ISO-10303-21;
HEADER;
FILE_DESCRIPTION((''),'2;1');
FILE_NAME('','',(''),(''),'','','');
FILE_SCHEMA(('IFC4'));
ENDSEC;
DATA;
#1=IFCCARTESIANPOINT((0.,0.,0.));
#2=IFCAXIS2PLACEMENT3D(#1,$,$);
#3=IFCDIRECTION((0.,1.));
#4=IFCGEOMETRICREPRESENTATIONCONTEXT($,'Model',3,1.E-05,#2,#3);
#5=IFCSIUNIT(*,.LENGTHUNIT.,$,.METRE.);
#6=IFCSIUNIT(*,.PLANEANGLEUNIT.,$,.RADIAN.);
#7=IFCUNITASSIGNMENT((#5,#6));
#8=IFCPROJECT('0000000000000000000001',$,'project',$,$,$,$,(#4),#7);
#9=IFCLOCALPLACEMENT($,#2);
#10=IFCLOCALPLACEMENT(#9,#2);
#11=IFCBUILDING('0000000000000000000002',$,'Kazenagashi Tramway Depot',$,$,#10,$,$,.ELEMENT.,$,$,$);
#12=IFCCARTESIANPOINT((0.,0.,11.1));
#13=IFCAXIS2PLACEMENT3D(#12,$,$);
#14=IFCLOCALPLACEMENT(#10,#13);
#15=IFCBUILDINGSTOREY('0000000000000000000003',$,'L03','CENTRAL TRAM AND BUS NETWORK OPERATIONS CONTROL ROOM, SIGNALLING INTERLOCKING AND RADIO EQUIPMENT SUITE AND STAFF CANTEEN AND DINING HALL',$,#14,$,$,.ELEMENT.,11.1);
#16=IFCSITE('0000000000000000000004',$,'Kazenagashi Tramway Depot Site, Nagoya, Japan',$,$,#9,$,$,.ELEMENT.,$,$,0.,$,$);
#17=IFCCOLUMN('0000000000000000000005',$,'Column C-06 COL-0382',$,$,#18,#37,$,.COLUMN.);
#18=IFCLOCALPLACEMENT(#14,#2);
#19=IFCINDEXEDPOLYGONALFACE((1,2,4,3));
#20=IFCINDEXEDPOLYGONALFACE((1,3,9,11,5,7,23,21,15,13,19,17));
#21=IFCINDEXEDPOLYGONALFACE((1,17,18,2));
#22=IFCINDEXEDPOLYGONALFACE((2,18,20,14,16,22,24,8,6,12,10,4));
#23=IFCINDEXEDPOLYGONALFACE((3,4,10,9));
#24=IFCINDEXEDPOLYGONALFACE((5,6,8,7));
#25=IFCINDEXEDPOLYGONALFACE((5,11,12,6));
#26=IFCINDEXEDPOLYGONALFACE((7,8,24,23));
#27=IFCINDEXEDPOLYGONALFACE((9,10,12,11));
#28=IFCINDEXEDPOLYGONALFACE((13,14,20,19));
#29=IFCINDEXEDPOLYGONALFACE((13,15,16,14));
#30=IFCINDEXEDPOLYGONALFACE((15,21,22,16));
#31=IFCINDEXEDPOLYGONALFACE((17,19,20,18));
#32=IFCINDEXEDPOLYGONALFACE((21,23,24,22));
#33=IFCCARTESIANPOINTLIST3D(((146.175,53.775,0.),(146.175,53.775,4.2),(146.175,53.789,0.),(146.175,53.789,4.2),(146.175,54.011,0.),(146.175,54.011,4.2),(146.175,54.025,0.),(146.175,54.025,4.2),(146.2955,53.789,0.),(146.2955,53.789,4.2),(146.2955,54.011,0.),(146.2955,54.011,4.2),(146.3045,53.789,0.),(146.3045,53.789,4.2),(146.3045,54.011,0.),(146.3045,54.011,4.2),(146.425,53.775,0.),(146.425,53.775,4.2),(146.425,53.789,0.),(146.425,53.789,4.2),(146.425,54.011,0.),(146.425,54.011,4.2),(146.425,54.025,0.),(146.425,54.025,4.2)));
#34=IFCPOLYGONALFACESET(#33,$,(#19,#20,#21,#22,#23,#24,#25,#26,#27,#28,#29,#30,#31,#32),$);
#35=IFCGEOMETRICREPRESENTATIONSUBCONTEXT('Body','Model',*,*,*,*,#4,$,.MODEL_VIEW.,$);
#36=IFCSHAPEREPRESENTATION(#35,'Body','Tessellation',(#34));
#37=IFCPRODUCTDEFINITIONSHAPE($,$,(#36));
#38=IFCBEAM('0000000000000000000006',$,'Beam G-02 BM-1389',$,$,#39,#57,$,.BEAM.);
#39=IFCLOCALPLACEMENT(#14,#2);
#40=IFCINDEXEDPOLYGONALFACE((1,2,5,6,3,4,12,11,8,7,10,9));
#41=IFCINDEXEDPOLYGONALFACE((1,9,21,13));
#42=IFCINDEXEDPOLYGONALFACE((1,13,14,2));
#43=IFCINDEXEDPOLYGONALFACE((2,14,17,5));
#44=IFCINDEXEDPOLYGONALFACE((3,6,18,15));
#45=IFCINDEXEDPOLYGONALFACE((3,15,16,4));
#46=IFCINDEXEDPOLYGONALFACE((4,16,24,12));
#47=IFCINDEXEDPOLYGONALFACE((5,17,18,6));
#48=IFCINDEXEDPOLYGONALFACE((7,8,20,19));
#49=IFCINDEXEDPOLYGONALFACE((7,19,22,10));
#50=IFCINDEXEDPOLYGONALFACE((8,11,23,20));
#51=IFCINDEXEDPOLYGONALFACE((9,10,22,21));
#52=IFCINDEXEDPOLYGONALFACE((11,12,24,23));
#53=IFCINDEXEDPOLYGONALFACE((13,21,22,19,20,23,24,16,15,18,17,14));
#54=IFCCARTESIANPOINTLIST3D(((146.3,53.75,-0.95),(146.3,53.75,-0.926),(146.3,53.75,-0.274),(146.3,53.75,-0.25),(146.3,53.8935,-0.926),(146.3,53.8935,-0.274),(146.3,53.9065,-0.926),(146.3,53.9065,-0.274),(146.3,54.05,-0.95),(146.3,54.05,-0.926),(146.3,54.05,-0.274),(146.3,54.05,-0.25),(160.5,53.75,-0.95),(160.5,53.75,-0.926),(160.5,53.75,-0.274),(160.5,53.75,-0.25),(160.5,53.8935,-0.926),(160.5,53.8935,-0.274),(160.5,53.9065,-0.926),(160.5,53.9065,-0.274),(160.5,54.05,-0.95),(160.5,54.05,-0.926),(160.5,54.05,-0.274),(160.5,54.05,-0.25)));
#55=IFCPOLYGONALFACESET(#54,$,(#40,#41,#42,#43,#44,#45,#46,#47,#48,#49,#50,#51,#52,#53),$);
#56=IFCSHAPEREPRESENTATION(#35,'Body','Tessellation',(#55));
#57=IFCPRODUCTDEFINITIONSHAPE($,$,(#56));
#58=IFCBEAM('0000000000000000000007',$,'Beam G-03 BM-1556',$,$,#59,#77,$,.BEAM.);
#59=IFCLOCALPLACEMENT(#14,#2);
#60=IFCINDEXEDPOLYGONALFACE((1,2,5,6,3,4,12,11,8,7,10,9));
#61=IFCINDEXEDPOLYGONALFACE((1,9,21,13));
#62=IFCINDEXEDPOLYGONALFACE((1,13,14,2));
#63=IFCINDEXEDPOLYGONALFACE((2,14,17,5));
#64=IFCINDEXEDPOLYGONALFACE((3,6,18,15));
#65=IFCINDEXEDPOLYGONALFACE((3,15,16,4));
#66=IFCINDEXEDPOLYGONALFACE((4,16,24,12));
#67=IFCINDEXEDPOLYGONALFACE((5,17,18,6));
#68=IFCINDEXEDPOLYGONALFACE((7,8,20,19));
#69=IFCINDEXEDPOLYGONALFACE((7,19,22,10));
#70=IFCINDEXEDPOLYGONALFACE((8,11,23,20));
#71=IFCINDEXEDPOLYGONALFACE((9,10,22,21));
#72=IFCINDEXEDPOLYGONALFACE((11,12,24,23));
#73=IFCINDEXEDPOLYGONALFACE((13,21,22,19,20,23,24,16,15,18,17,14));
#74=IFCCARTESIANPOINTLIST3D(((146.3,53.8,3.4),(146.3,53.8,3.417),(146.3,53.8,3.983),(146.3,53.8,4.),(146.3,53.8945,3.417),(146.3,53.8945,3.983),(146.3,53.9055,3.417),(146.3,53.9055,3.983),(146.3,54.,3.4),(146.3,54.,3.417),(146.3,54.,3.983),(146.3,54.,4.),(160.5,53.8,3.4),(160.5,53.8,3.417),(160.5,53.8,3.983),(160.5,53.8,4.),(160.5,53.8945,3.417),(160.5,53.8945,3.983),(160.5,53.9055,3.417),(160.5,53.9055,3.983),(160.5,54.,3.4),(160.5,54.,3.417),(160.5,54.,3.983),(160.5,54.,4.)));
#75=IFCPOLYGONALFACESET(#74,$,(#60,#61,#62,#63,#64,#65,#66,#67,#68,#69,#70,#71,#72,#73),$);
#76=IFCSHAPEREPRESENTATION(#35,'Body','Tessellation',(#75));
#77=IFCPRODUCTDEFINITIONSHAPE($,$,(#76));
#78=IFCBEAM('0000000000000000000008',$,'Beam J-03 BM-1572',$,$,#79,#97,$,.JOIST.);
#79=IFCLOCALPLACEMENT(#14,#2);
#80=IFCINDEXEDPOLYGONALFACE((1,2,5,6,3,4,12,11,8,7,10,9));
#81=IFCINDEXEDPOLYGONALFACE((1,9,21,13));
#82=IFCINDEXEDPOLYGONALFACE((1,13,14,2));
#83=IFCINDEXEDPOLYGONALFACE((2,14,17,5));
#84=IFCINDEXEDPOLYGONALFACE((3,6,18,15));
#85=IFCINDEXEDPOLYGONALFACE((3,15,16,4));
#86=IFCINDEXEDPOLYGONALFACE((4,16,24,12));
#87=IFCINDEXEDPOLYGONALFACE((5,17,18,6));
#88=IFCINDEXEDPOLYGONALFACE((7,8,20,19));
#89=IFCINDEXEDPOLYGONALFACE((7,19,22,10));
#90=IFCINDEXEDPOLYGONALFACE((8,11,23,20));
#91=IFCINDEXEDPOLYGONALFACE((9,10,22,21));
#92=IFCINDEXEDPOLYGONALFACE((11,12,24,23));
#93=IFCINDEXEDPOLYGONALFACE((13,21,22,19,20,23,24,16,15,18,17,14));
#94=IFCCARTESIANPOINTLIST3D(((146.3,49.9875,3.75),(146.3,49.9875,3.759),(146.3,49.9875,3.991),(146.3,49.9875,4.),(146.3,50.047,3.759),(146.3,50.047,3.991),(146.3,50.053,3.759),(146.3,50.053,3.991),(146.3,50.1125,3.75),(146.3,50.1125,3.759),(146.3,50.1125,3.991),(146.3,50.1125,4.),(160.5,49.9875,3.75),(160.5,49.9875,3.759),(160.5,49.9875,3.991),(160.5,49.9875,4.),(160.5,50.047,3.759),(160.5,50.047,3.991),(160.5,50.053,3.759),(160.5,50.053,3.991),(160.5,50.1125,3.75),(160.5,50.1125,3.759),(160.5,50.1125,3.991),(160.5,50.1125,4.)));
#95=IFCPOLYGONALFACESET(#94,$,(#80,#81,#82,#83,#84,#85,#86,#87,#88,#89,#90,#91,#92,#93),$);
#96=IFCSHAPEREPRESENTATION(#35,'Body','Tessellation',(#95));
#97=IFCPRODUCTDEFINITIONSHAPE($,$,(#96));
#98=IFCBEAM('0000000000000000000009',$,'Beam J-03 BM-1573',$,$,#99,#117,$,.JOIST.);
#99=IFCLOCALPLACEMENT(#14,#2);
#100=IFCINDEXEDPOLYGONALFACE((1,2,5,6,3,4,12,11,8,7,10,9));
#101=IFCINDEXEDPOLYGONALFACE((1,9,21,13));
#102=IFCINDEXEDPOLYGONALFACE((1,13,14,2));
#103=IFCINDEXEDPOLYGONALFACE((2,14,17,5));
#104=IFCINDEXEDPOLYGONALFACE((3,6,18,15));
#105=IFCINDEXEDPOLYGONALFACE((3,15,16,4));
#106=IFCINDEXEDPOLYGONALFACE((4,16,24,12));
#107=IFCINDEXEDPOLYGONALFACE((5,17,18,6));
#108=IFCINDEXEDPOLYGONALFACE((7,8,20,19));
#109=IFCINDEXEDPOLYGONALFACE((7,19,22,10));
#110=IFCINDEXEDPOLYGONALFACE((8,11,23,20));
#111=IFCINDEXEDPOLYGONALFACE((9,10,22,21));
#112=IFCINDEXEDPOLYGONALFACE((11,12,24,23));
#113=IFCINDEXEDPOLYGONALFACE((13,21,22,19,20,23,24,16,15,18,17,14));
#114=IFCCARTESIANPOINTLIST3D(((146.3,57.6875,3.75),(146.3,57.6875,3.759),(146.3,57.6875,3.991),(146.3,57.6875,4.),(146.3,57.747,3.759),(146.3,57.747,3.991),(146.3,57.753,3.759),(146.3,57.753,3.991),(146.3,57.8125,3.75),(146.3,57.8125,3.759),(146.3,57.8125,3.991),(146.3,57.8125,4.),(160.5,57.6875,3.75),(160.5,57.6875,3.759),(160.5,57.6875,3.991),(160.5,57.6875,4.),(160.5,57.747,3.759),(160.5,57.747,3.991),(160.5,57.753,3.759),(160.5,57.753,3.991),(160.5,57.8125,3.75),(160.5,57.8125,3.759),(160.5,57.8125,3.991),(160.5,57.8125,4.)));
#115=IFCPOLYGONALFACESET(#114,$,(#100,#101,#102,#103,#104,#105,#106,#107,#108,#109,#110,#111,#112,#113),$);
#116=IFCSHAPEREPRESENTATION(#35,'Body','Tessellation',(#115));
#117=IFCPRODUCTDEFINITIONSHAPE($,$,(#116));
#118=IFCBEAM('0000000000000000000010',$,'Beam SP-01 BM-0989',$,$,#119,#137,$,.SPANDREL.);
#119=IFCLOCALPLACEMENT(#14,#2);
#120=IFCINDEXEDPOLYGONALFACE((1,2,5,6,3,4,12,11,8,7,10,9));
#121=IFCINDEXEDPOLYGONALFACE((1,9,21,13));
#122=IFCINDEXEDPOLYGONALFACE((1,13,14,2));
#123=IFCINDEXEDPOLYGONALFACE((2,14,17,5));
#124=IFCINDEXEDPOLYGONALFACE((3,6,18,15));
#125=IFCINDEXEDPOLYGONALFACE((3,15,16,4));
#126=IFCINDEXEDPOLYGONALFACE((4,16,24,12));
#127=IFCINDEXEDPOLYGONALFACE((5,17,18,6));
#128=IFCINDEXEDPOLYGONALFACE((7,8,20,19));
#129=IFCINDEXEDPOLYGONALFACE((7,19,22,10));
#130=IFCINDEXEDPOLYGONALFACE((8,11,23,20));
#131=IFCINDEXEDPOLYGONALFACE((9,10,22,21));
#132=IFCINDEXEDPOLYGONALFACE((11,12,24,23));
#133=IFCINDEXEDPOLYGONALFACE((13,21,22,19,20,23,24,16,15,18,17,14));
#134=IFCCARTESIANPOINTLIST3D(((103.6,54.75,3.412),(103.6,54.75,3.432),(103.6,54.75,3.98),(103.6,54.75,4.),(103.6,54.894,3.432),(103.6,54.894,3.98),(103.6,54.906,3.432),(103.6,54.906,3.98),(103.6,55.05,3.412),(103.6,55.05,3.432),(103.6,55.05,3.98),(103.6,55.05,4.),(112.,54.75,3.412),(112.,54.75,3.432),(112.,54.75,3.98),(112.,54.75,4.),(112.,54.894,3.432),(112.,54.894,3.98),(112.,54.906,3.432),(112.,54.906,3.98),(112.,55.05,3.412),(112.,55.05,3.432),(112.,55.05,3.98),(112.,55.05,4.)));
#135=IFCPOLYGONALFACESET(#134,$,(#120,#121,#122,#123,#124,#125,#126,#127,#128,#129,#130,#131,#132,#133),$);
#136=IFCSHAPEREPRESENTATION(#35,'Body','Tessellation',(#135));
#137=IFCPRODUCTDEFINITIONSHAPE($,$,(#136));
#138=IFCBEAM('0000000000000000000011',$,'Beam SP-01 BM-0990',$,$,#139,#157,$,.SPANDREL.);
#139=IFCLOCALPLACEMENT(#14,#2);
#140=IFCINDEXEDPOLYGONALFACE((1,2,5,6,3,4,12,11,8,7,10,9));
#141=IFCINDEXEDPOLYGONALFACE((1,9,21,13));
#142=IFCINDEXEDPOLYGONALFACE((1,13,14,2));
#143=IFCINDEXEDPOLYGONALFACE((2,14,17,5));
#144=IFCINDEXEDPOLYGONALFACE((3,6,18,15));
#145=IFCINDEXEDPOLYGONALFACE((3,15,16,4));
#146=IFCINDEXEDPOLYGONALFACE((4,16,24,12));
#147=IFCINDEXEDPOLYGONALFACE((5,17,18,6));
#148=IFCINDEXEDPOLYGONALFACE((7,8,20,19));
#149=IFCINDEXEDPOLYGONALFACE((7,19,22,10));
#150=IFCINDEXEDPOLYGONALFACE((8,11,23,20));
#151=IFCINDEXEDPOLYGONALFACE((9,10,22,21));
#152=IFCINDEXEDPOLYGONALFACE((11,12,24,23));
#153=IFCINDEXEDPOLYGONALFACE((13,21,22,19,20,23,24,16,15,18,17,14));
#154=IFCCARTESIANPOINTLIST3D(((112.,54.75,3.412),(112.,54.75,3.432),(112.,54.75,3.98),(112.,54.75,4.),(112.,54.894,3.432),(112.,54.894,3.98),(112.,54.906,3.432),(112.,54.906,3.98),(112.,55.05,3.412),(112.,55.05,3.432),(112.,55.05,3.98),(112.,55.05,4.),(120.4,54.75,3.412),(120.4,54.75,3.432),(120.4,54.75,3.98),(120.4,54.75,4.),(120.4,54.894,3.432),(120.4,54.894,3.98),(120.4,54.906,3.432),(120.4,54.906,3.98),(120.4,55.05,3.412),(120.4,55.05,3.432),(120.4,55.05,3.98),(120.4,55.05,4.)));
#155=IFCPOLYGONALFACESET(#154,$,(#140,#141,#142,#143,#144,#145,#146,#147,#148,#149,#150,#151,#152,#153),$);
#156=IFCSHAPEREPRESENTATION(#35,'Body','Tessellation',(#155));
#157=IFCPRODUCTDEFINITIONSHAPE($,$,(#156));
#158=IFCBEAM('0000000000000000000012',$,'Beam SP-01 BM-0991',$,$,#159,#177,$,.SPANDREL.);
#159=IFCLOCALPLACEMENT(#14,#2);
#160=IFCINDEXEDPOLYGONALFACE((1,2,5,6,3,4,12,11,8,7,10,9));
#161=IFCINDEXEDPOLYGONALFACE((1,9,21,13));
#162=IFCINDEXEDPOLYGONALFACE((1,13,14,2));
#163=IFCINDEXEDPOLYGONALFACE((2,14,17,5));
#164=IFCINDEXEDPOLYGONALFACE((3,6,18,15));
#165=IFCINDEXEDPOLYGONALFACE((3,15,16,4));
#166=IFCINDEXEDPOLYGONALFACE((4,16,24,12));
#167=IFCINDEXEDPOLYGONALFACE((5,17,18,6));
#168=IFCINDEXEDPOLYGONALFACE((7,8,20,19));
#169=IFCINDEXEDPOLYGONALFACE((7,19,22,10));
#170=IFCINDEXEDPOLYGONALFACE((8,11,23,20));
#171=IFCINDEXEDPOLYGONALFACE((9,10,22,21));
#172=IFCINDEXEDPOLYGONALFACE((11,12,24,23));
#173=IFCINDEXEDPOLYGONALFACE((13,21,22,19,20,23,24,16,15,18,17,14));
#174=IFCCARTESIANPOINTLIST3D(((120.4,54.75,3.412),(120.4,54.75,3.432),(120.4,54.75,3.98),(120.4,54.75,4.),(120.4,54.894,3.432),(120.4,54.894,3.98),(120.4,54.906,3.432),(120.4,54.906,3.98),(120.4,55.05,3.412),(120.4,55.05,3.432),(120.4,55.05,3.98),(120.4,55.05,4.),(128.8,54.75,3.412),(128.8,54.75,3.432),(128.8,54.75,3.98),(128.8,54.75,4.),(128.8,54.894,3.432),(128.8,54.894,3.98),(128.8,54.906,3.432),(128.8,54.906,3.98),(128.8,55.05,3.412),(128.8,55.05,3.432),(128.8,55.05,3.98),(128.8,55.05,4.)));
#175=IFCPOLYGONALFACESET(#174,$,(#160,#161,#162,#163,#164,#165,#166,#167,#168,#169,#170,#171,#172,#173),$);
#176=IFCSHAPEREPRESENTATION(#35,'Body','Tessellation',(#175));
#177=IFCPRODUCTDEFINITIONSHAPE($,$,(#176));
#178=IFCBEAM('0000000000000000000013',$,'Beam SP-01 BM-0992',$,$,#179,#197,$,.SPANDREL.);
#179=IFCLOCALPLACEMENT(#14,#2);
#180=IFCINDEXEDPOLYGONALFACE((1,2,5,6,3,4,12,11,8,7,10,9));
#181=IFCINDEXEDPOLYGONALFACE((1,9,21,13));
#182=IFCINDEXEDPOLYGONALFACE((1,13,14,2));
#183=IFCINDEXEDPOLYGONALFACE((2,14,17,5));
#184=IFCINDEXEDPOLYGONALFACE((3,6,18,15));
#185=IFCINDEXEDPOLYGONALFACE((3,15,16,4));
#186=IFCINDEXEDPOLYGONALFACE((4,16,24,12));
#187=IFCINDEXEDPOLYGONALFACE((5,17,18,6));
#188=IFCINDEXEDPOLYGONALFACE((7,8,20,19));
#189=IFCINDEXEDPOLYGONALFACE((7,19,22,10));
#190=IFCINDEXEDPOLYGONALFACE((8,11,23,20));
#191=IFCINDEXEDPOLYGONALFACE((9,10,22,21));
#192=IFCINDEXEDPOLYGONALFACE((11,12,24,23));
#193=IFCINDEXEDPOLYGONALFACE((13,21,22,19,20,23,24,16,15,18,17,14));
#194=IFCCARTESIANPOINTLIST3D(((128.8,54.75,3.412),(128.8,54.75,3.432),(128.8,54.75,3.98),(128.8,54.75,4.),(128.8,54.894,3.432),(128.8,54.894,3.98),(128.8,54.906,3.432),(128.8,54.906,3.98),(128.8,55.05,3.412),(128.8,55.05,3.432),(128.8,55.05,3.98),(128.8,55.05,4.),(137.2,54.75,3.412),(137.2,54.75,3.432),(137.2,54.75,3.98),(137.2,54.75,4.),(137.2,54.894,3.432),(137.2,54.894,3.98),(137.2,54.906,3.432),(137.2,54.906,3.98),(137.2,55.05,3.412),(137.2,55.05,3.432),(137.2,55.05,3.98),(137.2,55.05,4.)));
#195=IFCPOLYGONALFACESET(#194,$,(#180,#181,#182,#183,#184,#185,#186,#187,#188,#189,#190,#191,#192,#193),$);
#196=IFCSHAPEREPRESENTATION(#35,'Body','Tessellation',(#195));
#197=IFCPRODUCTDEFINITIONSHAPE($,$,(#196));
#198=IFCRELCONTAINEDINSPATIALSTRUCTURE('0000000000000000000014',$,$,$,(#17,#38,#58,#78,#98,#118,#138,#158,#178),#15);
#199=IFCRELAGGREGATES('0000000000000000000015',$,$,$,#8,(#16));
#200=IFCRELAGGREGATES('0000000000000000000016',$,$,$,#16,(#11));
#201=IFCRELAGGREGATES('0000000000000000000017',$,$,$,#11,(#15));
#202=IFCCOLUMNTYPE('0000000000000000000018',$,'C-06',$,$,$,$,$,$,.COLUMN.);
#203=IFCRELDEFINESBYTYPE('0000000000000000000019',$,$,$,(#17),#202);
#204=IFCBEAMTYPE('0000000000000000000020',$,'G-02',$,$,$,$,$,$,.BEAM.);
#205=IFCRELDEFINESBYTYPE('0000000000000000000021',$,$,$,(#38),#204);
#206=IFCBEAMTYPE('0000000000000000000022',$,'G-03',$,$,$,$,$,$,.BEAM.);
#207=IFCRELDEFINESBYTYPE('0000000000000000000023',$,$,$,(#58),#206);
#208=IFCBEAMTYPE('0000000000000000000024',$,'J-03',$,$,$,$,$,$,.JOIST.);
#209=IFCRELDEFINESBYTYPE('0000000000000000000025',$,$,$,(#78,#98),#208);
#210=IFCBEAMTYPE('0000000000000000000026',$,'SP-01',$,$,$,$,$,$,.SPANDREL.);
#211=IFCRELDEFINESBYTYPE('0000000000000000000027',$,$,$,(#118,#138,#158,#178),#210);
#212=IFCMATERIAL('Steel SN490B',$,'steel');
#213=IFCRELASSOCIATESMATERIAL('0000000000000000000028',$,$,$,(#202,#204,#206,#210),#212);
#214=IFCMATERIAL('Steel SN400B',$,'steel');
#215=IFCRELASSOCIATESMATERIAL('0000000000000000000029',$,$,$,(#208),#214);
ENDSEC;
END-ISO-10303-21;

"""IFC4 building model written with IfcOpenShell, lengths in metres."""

from ifc_helpers import new_model, si_unit, direction, frame, origin, origin_2d, place, context, subcontext, project, spatial, i_section, extrude, material, material_profile, profile_set, type_object, element, save


model = new_model("IFC4")

# Units and contexts
model_context = context("Model", 3, precision=1e-05, world=origin(), true_north=direction((0.0, 1.0)))
body_context = subcontext(model_context, "Body", "Model", "MODEL_VIEW")
ifc_project = project(units=[si_unit("LENGTHUNIT", "METRE"), si_unit("PLANEANGLEUNIT", "RADIAN")], contexts=[model_context])

# Site, building, storey
site_placement = place(None, origin())
site = spatial("IfcSite", under=ifc_project, at=site_placement, Name="Kazenagashi Tramway Depot Site, Nagoya, Japan", CompositionType="ELEMENT", RefElevation=0.0)
building_placement = place(site_placement, origin())
building = spatial("IfcBuilding", under=site, at=building_placement, Name="Kazenagashi Tramway Depot", CompositionType="ELEMENT")
storey_placement = place(building_placement, frame((0.0, 0.0, 11.1)))
storey = spatial("IfcBuildingStorey", under=building, at=storey_placement, Name="L03", Description="CENTRAL TRAM AND BUS NETWORK OPERATIONS CONTROL ROOM, SIGNALLING INTERLOCKING AND RADIO EQUIPMENT SUITE AND STAFF CANTEEN AND DINING HALL", CompositionType="ELEMENT", Elevation=11.1)

# Column
ifc_material_1 = material(Name="Steel SN490B", Category="steel")
ifc_material_profile_1 = material_profile(ifc_material_1, i_section(OverallWidth=0.25, OverallDepth=0.25, WebThickness=0.009, FlangeThickness=0.014, at=origin_2d()), Name="H-250x250x9x14")
ifc_profile_set_1 = profile_set([ifc_material_profile_1], Name="Steel SN490B")
column_type = type_object("IfcColumnType", Name="C-06", PredefinedType="COLUMN", material=ifc_profile_set_1)
column_placement = place(storey_placement, frame((146.3, 53.9, 0.0), z_axis=(0.0, 0.0, 1.0), x_axis=(1.0, 0.0, 0.0)))
element("IfcColumn", 1, at=column_placement, inside=storey, type_object=column_type, Name="Column C-06 COL-0382", PredefinedType="COLUMN", context=body_context, shape_type="SweptSolid", body=[
    extrude(i_section(OverallWidth=0.25, OverallDepth=0.25, WebThickness=0.009, FlangeThickness=0.014, at=origin_2d()), origin(), (0.0, 0.0, 1.0), 4.2),
])

# Beams
ifc_material_profile_2 = material_profile(ifc_material_1, i_section(OverallWidth=0.3, OverallDepth=0.7, WebThickness=0.013, FlangeThickness=0.024, at=origin_2d()), Name="H-700x300x13x24")
ifc_profile_set_2 = profile_set([ifc_material_profile_2], Name="Steel SN490B")
beam_type_1 = type_object("IfcBeamType", Name="G-02", PredefinedType="BEAM", material=ifc_profile_set_2)
beam_1_placement = place(storey_placement, frame((146.3, 53.9, -0.6), z_axis=(1.0, 0.0, 0.0), x_axis=(0.0, 1.0, 0.0)))
element("IfcBeam", 2, at=beam_1_placement, inside=storey, type_object=beam_type_1, Name="Beam G-02 BM-1389", PredefinedType="BEAM", context=body_context, shape_type="SweptSolid", body=[
    extrude(i_section(OverallWidth=0.3, OverallDepth=0.7, WebThickness=0.013, FlangeThickness=0.024, at=origin_2d()), origin(), (0.0, 0.0, 1.0), 14.2),
])
ifc_material_profile_3 = material_profile(ifc_material_1, i_section(OverallWidth=0.2, OverallDepth=0.6, WebThickness=0.011, FlangeThickness=0.017, at=origin_2d()), Name="H-600x200x11x17")
ifc_profile_set_3 = profile_set([ifc_material_profile_3], Name="Steel SN490B")
beam_type_2 = type_object("IfcBeamType", Name="G-03", PredefinedType="BEAM", material=ifc_profile_set_3)
beam_2_placement = place(storey_placement, frame((146.3, 53.9, 3.7), z_axis=(1.0, 0.0, 0.0), x_axis=(0.0, 1.0, 0.0)))
element("IfcBeam", 3, at=beam_2_placement, inside=storey, type_object=beam_type_2, Name="Beam G-03 BM-1556", PredefinedType="BEAM", context=body_context, shape_type="SweptSolid", body=[
    extrude(i_section(OverallWidth=0.2, OverallDepth=0.6, WebThickness=0.011, FlangeThickness=0.017, at=origin_2d()), origin(), (0.0, 0.0, 1.0), 14.2),
])
ifc_material_2 = material(Name="Steel SN400B", Category="steel")
ifc_material_profile_4 = material_profile(ifc_material_2, i_section(OverallWidth=0.125, OverallDepth=0.25, WebThickness=0.006, FlangeThickness=0.009, at=origin_2d()), Name="H-250x125x6x9")
ifc_profile_set_4 = profile_set([ifc_material_profile_4], Name="Steel SN400B")
beam_type_3 = type_object("IfcBeamType", Name="J-03", PredefinedType="JOIST", material=ifc_profile_set_4)
for number, where, z_axis, x_axis, name in (
    (4, (146.3, 50.05, 3.875), (1.0, 0.0, 0.0), (0.0, 1.0, 0.0), "Beam J-03 BM-1572"),
    (5, (146.3, 57.75, 3.875), (1.0, 0.0, 0.0), (0.0, 1.0, 0.0), "Beam J-03 BM-1573"),
):
    element("IfcBeam", number, at=place(storey_placement, frame(where, z_axis=z_axis, x_axis=x_axis)), inside=storey, type_object=beam_type_3, Name=name, PredefinedType="JOIST", context=body_context, shape_type="SweptSolid", body=[
        extrude(i_section(OverallWidth=0.125, OverallDepth=0.25, WebThickness=0.006, FlangeThickness=0.009, at=origin_2d()), origin(), (0.0, 0.0, 1.0), 14.2),
    ])
ifc_material_profile_5 = material_profile(ifc_material_1, i_section(OverallWidth=0.3, OverallDepth=0.588, WebThickness=0.012, FlangeThickness=0.02, at=origin_2d()), Name="H-588x300x12x20")
ifc_profile_set_5 = profile_set([ifc_material_profile_5], Name="Steel SN490B")
beam_type_4 = type_object("IfcBeamType", Name="SP-01", PredefinedType="SPANDREL", material=ifc_profile_set_5)
for number, where, z_axis, x_axis, name in (
    (6, (103.6, 54.9, 3.706), (1.0, 0.0, 0.0), (0.0, 1.0, 0.0), "Beam SP-01 BM-0989"),
    (7, (112.0, 54.9, 3.706), (1.0, 0.0, 0.0), (0.0, 1.0, 0.0), "Beam SP-01 BM-0990"),
    (8, (120.4, 54.9, 3.706), (1.0, 0.0, 0.0), (0.0, 1.0, 0.0), "Beam SP-01 BM-0991"),
    (9, (128.8, 54.9, 3.706), (1.0, 0.0, 0.0), (0.0, 1.0, 0.0), "Beam SP-01 BM-0992"),
):
    element("IfcBeam", number, at=place(storey_placement, frame(where, z_axis=z_axis, x_axis=x_axis)), inside=storey, type_object=beam_type_4, Name=name, PredefinedType="SPANDREL", context=body_context, shape_type="SweptSolid", body=[
        extrude(i_section(OverallWidth=0.3, OverallDepth=0.588, WebThickness=0.012, FlangeThickness=0.02, at=origin_2d()), origin(), (0.0, 0.0, 1.0), 8.4),
    ])

save(model, "model.ifc")
